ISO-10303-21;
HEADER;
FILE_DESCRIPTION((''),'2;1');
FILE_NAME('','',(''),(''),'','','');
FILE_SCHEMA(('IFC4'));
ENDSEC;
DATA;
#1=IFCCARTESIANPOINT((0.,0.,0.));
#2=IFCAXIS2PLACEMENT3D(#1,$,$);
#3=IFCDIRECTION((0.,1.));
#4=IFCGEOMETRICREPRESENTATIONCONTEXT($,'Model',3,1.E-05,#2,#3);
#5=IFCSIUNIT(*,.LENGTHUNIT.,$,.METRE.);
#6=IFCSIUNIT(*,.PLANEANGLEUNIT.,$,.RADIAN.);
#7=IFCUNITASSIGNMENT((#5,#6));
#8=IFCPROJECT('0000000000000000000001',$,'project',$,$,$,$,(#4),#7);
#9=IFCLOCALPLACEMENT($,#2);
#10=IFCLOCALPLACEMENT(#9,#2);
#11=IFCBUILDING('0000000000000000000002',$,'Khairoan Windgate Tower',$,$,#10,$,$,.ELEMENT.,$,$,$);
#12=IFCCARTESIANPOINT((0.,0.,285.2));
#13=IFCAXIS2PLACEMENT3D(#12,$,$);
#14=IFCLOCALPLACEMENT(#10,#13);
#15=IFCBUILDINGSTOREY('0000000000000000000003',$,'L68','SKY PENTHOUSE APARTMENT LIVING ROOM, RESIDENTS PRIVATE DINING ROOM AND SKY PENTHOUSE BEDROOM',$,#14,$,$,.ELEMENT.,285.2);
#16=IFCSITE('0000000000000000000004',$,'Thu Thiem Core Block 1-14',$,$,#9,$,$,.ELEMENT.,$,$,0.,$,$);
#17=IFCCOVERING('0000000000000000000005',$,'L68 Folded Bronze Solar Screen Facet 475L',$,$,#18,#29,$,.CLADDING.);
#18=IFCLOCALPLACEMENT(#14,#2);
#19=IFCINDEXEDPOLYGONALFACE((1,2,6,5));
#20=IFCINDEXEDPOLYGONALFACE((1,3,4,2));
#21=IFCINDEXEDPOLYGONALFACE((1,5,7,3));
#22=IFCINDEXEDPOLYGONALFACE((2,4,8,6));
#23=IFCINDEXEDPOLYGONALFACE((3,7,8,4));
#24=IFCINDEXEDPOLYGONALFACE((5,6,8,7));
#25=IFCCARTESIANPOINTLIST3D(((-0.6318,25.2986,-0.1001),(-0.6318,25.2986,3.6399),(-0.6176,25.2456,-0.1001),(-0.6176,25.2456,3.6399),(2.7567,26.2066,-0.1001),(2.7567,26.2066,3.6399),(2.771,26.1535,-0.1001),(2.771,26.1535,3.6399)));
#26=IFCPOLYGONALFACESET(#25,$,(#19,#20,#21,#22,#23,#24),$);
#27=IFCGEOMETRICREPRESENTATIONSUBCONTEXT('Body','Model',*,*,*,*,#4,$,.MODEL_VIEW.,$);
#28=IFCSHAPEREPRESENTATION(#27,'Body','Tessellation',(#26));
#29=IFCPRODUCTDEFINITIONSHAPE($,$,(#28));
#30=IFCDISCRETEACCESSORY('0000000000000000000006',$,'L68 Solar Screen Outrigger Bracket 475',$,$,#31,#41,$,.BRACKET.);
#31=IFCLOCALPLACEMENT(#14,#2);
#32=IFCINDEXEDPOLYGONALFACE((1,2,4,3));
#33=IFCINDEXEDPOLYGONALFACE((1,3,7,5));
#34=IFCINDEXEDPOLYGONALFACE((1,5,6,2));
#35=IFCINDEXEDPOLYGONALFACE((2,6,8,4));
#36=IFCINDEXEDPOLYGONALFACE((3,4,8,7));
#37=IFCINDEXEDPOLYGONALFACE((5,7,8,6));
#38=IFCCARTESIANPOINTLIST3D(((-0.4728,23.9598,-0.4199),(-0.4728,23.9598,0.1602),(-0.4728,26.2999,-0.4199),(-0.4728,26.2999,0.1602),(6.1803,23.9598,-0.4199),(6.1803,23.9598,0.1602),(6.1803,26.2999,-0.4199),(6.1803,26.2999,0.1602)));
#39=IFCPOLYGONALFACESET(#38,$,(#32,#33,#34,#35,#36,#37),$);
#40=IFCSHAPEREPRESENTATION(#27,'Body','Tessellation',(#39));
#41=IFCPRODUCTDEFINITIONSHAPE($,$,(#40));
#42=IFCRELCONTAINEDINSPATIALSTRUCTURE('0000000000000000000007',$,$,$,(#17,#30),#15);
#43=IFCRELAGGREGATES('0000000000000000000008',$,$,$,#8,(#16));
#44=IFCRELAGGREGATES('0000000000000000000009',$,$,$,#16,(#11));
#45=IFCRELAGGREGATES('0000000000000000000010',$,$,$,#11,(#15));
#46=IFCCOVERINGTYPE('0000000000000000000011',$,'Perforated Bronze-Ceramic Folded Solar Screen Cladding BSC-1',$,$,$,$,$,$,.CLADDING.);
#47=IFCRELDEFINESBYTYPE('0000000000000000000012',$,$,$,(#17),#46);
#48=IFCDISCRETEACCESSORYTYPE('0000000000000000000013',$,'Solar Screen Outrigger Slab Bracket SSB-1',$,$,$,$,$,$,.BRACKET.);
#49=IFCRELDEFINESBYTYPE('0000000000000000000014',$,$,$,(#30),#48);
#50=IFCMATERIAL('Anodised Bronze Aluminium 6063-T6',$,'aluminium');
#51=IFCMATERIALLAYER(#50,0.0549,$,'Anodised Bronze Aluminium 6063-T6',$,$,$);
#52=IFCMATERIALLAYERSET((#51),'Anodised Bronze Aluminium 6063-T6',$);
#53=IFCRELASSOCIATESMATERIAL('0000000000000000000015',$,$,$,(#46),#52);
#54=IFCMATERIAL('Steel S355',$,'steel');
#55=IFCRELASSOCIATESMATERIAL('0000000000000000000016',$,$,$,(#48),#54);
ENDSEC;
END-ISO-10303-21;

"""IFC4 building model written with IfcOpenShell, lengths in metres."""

from ifc_helpers import new_model, si_unit, direction, frame, origin, origin_2d, place, context, subcontext, project, spatial, rectangle, extrude, material, layer, layer_set, type_object, element, save


model = new_model("IFC4")

# Units and contexts
model_context = context("Model", 3, precision=1e-05, world=origin(), true_north=direction((0.0, 1.0)))
body_context = subcontext(model_context, "Body", "Model", "MODEL_VIEW")
ifc_project = project(units=[si_unit("LENGTHUNIT", "METRE"), si_unit("PLANEANGLEUNIT", "RADIAN")], contexts=[model_context])

# Site, building, storey
site_placement = place(None, origin())
site = spatial("IfcSite", under=ifc_project, at=site_placement, Name="Thu Thiem Core Block 1-14", CompositionType="ELEMENT", RefElevation=0.0)
building_placement = place(site_placement, origin())
building = spatial("IfcBuilding", under=site, at=building_placement, Name="Khairoan Windgate Tower", CompositionType="ELEMENT")
storey_placement = place(building_placement, frame((0.0, 0.0, 285.2)))
storey = spatial("IfcBuildingStorey", under=building, at=storey_placement, Name="L68", Description="SKY PENTHOUSE APARTMENT LIVING ROOM, RESIDENTS PRIVATE DINING ROOM AND SKY PENTHOUSE BEDROOM", CompositionType="ELEMENT", Elevation=285.2)

# Covering
ifc_material_1 = material(Name="Anodised Bronze Aluminium 6063-T6", Category="aluminium")
ifc_layer_1 = layer(ifc_material_1, 0.0549, Name="Anodised Bronze Aluminium 6063-T6")
ifc_layer_set_1 = layer_set([ifc_layer_1], Name="Anodised Bronze Aluminium 6063-T6")
covering_type = type_object("IfcCoveringType", Name="Perforated Bronze-Ceramic Folded Solar Screen Cladding BSC-1", PredefinedType="CLADDING", material=ifc_layer_set_1)
covering_placement = place(storey_placement, frame((1.0696, 25.7261, -0.1001), z_axis=(0.0, 0.0, 1.0), x_axis=(0.965926, 0.258819, 0.0)))
element("IfcCovering", 1, at=covering_placement, inside=storey, type_object=covering_type, Name="L68 Folded Bronze Solar Screen Facet 475L", PredefinedType="CLADDING", context=body_context, shape_type="SweptSolid", body=[
    extrude(rectangle(XDim=3.5081, YDim=0.0549, at=origin_2d()), origin(), (0.0, 0.0, 1.0), 3.74),
])

# Discrete accessory
ifc_material_2 = material(Name="Steel S355", Category="steel")
discrete_accessory_type = type_object("IfcDiscreteAccessoryType", Name="Solar Screen Outrigger Slab Bracket SSB-1", PredefinedType="BRACKET", material=ifc_material_2)
discrete_accessory_placement = place(storey_placement, frame((2.8538, 25.1299, -0.4199), z_axis=(0.0, 0.0, 1.0), x_axis=(1.0, 0.0, 0.0)))
element("IfcDiscreteAccessory", 2, at=discrete_accessory_placement, inside=storey, type_object=discrete_accessory_type, Name="L68 Solar Screen Outrigger Bracket 475", PredefinedType="BRACKET", context=body_context, shape_type="SweptSolid", body=[
    extrude(rectangle(XDim=6.6531, YDim=2.3401, at=origin_2d()), origin(), (0.0, 0.0, 1.0), 0.5801),
])

save(model, "model.ifc")
